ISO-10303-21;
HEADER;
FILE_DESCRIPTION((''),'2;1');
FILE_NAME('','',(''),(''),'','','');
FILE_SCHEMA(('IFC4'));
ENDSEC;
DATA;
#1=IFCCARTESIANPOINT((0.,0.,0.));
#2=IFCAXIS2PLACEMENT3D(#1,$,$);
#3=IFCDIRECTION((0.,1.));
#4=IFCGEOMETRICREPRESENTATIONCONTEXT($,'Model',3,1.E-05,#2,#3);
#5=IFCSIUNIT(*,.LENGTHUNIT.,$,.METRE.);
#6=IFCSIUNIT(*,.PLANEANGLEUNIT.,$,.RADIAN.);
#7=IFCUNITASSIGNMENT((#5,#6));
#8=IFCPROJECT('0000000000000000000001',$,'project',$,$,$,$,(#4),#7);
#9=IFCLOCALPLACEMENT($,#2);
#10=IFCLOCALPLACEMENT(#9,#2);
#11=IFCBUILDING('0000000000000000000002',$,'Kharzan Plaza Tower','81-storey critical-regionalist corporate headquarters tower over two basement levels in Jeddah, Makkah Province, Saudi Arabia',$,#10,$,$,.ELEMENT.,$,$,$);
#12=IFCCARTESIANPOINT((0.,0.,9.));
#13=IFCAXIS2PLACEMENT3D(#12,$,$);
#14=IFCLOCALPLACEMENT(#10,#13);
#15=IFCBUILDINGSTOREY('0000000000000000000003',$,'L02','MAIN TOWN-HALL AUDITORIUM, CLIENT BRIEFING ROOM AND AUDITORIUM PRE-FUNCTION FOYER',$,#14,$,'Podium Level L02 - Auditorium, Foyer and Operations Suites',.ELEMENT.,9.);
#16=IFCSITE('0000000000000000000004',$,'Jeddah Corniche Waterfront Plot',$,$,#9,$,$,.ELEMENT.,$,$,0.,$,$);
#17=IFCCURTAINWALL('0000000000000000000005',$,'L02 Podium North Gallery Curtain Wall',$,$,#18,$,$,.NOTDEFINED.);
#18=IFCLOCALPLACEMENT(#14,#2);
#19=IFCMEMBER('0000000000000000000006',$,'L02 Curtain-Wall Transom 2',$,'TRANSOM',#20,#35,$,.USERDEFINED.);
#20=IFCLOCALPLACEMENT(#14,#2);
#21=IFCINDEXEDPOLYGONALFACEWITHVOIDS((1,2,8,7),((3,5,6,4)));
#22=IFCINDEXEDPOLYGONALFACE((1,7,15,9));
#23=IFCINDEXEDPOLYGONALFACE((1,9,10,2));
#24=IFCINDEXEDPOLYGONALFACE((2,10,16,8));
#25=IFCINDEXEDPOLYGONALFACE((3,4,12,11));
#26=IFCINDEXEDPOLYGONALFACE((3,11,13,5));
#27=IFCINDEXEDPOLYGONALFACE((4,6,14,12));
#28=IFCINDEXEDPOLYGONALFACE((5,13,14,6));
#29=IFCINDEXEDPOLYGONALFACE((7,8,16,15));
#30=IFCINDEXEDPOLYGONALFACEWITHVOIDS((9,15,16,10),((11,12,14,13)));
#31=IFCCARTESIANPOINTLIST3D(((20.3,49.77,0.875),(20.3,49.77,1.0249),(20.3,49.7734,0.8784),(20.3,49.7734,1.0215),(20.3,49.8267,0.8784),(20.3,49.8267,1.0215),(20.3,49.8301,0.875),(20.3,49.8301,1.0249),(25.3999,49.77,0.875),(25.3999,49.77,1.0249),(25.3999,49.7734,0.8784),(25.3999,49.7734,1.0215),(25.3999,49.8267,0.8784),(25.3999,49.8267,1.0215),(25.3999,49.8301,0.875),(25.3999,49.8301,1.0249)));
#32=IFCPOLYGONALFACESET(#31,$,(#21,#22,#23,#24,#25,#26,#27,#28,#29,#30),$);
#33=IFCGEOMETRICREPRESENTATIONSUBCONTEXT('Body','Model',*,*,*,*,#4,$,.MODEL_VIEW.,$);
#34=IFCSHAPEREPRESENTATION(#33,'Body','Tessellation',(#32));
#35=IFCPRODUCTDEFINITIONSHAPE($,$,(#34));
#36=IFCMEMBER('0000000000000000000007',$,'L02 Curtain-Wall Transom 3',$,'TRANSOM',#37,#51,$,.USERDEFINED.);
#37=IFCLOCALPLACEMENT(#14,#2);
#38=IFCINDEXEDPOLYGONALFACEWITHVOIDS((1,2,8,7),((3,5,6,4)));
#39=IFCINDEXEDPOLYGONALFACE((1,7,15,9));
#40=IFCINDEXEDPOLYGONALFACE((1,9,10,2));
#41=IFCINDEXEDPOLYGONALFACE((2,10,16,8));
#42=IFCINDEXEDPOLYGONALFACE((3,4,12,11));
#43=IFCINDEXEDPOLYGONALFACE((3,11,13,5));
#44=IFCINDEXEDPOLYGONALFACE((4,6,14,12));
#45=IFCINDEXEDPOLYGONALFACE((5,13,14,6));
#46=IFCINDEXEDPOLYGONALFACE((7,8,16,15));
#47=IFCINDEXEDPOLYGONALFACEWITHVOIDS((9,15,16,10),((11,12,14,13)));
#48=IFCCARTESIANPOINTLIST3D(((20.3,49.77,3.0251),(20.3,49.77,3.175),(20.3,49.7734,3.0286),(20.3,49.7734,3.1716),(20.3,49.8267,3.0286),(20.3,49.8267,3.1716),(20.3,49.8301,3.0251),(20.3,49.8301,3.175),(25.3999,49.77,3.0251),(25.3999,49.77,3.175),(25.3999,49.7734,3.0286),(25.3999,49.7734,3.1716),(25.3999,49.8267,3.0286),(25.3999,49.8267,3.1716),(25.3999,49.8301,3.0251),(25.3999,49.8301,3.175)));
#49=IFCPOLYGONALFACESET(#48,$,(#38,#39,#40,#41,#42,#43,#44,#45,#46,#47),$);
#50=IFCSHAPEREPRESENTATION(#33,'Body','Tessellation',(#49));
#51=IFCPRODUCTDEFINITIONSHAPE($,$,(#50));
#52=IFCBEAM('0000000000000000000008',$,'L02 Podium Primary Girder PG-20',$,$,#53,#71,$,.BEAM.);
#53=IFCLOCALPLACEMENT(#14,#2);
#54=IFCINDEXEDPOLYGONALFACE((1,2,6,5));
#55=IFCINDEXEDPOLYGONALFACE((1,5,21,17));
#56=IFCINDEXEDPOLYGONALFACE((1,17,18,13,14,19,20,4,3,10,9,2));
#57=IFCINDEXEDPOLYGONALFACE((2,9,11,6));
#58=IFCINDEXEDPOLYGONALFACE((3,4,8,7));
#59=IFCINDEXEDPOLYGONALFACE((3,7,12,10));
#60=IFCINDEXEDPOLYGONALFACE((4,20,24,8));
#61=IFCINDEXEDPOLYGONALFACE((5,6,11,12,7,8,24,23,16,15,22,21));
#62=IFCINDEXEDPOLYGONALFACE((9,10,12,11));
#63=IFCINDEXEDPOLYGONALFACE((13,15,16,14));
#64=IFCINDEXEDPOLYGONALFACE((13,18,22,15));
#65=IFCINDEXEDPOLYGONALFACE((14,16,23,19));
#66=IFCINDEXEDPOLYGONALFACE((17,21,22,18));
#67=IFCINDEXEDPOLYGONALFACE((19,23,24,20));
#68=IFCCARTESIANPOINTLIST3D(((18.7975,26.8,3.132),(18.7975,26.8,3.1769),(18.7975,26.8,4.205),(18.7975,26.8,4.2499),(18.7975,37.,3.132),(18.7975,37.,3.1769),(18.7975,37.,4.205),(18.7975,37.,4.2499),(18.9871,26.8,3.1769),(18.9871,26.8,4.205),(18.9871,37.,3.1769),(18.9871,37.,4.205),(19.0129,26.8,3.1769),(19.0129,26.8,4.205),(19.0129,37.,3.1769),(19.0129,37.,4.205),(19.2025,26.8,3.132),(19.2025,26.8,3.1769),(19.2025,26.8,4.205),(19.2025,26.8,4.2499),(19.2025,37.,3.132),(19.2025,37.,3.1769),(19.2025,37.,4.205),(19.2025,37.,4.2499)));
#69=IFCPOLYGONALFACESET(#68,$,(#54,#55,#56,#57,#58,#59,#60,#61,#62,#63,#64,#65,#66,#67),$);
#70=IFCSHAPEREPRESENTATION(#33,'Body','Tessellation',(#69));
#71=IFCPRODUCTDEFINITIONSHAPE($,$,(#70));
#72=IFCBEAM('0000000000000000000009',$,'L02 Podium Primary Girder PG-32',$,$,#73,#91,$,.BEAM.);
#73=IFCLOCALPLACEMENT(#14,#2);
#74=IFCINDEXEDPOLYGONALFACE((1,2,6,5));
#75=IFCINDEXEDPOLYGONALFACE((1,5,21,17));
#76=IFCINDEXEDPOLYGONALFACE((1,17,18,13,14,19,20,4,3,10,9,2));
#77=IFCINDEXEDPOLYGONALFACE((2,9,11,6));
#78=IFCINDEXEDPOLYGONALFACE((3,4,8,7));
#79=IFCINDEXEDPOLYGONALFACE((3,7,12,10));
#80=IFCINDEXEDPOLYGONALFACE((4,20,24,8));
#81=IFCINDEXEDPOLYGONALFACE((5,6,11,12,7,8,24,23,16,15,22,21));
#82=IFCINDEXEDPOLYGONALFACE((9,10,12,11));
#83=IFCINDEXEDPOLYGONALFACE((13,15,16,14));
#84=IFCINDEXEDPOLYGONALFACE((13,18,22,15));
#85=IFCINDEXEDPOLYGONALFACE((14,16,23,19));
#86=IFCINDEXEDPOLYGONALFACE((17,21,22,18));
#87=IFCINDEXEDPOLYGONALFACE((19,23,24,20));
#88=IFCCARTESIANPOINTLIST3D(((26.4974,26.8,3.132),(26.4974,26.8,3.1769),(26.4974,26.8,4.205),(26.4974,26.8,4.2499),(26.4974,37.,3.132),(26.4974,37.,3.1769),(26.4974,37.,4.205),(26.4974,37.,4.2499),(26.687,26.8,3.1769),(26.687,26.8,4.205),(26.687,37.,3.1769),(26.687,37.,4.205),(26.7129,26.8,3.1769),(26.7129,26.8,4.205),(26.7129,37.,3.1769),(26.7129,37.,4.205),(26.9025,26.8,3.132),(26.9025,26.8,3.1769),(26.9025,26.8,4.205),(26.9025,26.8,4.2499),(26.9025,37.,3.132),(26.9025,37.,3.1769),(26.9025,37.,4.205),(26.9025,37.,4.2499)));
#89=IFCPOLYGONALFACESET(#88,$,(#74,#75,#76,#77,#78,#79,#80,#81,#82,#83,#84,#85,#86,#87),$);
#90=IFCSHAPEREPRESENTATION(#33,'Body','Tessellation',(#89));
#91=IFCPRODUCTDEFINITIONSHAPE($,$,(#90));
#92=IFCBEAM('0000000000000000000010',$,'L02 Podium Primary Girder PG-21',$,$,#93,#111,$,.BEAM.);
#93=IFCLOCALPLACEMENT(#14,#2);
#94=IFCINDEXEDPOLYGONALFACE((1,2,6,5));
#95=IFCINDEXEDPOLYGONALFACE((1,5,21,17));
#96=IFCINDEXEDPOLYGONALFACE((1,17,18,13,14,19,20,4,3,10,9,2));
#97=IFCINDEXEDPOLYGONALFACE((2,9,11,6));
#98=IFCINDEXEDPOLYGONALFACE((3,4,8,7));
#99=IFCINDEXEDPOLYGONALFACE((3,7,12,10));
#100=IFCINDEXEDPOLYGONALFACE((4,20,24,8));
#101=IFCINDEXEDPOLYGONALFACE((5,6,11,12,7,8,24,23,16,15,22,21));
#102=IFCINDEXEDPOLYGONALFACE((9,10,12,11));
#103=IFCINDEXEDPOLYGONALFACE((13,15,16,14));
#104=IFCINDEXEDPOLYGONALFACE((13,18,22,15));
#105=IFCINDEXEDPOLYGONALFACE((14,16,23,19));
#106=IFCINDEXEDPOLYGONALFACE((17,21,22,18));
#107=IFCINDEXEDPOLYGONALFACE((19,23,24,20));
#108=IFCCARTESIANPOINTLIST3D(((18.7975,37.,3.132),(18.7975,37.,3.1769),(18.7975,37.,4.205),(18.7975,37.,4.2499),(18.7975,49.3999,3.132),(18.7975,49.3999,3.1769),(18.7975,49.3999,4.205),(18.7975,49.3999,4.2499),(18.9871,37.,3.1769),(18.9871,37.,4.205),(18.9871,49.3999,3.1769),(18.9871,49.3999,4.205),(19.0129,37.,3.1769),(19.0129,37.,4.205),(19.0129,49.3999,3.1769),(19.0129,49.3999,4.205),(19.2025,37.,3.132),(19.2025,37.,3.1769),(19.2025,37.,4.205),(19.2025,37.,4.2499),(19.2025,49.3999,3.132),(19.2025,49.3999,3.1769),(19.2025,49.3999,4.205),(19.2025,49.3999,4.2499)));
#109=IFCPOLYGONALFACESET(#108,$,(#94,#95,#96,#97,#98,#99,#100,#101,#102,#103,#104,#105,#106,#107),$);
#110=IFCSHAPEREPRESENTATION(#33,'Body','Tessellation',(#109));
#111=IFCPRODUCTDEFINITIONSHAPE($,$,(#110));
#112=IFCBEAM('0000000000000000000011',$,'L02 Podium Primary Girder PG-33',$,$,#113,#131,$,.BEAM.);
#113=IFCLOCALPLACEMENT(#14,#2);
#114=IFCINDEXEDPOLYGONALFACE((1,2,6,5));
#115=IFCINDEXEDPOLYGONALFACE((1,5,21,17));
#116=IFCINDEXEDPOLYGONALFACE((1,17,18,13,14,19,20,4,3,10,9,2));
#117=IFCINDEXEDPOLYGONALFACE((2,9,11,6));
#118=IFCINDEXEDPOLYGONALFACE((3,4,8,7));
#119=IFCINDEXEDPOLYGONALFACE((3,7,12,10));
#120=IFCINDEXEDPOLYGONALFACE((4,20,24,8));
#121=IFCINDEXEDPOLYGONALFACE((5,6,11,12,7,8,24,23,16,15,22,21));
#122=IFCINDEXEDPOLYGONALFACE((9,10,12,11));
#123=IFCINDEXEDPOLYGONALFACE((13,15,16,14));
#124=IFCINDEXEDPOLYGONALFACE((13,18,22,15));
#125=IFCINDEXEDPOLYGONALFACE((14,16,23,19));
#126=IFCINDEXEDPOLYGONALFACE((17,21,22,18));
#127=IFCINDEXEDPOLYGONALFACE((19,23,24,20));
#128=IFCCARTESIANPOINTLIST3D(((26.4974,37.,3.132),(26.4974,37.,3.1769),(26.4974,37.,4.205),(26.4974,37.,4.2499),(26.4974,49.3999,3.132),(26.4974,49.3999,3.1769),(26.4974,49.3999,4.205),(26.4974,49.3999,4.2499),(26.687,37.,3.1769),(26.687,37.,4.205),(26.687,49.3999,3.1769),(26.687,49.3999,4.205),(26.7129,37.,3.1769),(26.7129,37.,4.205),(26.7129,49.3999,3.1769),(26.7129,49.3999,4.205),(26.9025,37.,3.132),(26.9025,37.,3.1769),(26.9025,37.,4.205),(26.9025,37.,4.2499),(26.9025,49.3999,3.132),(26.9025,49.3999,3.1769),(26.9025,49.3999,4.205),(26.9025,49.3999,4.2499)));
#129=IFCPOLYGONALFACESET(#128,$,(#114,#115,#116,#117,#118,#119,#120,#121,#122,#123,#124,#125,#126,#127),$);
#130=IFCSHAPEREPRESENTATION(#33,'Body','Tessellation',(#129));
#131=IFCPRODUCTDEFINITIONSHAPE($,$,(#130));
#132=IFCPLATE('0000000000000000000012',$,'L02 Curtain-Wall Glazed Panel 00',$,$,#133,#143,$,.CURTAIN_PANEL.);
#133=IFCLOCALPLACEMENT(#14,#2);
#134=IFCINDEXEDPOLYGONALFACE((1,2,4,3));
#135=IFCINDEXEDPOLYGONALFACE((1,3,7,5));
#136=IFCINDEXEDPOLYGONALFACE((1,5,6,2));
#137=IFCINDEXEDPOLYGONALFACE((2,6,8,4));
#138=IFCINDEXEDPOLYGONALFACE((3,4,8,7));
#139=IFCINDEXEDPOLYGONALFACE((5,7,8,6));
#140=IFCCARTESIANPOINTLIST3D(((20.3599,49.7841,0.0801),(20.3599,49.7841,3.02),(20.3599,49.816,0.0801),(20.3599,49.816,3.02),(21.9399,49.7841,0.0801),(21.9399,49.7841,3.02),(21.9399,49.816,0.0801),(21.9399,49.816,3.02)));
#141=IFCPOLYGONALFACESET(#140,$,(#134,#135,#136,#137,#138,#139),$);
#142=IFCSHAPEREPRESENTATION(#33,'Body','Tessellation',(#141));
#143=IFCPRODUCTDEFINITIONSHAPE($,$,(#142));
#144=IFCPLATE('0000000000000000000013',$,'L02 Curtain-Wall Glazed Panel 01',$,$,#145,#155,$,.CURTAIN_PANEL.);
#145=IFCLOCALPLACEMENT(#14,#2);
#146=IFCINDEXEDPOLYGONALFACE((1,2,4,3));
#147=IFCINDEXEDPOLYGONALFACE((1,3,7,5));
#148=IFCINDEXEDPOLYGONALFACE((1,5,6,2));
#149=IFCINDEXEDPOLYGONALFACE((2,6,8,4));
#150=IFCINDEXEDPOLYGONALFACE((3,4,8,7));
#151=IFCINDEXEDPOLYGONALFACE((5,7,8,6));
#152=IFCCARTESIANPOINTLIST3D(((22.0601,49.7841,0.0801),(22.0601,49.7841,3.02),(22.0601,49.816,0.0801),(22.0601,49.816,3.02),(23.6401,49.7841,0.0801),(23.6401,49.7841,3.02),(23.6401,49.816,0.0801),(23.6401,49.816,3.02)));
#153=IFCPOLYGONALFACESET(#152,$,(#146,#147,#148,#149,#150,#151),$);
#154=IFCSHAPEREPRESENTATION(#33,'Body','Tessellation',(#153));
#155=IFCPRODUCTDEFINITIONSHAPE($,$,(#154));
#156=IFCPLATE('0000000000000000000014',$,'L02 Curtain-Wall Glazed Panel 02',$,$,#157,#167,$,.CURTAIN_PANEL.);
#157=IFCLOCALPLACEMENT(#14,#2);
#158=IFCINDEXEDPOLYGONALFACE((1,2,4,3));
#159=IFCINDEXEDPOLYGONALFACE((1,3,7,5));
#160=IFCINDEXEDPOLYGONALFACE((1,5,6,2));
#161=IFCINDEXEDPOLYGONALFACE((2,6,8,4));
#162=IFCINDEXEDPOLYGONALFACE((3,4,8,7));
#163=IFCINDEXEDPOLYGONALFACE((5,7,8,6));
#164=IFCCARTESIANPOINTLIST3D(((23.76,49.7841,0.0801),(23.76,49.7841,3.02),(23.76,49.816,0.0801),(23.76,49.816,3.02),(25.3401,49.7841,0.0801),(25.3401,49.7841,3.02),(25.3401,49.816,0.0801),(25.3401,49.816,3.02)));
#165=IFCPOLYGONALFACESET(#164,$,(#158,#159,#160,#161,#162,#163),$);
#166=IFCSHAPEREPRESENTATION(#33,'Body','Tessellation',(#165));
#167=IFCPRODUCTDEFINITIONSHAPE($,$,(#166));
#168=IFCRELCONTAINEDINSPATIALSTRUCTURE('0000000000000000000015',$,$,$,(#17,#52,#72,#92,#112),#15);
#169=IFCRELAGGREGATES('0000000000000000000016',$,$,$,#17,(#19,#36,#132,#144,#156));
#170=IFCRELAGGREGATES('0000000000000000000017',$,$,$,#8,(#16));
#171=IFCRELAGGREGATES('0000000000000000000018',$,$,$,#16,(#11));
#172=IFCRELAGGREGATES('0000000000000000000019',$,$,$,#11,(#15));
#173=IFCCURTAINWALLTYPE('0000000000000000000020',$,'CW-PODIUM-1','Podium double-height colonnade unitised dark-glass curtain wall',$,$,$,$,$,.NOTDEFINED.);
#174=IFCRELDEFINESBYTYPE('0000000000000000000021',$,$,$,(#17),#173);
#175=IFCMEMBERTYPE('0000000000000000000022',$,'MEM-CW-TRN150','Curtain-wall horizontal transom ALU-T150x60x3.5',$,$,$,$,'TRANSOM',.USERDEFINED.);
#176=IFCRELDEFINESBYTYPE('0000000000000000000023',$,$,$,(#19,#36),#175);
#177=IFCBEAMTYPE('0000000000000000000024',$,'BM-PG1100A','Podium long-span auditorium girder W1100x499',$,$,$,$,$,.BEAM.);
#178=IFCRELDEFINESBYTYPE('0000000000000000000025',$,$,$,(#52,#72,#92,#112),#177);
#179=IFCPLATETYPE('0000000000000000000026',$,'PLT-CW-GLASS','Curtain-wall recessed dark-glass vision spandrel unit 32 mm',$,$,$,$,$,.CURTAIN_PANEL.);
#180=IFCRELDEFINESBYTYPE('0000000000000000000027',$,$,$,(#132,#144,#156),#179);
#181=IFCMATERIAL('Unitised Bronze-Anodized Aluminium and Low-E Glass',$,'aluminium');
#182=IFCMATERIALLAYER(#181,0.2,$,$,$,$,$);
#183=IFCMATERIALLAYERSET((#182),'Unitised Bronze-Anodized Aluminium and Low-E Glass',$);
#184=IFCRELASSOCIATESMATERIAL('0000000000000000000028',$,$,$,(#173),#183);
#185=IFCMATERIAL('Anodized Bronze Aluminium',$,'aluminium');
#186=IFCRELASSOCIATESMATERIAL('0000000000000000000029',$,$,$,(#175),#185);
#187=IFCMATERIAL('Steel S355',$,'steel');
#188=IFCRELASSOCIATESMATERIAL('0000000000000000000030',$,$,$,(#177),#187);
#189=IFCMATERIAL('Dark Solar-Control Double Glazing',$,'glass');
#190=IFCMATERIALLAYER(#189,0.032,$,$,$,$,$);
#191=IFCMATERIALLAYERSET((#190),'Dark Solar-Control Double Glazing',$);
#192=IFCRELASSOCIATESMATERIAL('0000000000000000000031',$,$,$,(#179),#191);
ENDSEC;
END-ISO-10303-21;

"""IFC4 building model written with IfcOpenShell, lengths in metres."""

from ifc_helpers import new_model, si_unit, direction, frame, origin, origin_2d, place, context, subcontext, project, spatial, rectangle, hollow_rectangle, i_section, extrude, source, transform, mapped, material, layer, layer_set, material_profile, profile_set, type_object, element, aggregate, save


model = new_model("IFC4")

# Units and contexts
model_context = context("Model", 3, precision=1e-05, world=origin(), true_north=direction((0.0, 1.0)))
body_context = subcontext(model_context, "Body", "Model", "MODEL_VIEW")
ifc_project = project(units=[si_unit("LENGTHUNIT", "METRE"), si_unit("PLANEANGLEUNIT", "RADIAN")], contexts=[model_context])

# Site, building, storey
site_placement = place(None, origin())
site = spatial("IfcSite", under=ifc_project, at=site_placement, Name="Jeddah Corniche Waterfront Plot", CompositionType="ELEMENT", RefElevation=0.0)
building_placement = place(site_placement, origin())
building = spatial("IfcBuilding", under=site, at=building_placement, Name="Kharzan Plaza Tower", Description="81-storey critical-regionalist corporate headquarters tower over two basement levels in Jeddah, Makkah Province, Saudi Arabia", CompositionType="ELEMENT")
storey_placement = place(building_placement, frame((0.0, 0.0, 9.0)))
storey = spatial("IfcBuildingStorey", under=building, at=storey_placement, Name="L02", Description="MAIN TOWN-HALL AUDITORIUM, CLIENT BRIEFING ROOM AND AUDITORIUM PRE-FUNCTION FOYER", LongName="Podium Level L02 - Auditorium, Foyer and Operations Suites", CompositionType="ELEMENT", Elevation=9.0)

# Curtain wall, members
ifc_material_1 = material(Name="Unitised Bronze-Anodized Aluminium and Low-E Glass", Category="aluminium")
ifc_layer_1 = layer(ifc_material_1, 0.2)
ifc_layer_set_1 = layer_set([ifc_layer_1], Name="Unitised Bronze-Anodized Aluminium and Low-E Glass")
curtain_wall_type = type_object("IfcCurtainWallType", Name="CW-PODIUM-1", Description="Podium double-height colonnade unitised dark-glass curtain wall", PredefinedType="NOTDEFINED", material=ifc_layer_set_1)
curtain_wall_placement = place(storey_placement, origin())
curtain_wall = element("IfcCurtainWall", 1, at=curtain_wall_placement, inside=storey, type_object=curtain_wall_type, Name="L02 Podium North Gallery Curtain Wall", PredefinedType="NOTDEFINED")
ifc_material_2 = material(Name="Anodized Bronze Aluminium", Category="aluminium")
ifc_material_profile_1 = material_profile(ifc_material_2, hollow_rectangle(XDim=0.0601, YDim=0.1499, WallThickness=0.0034, at=origin_2d()), Name="ALU-T150x60x3.5")
ifc_profile_set_1 = profile_set([ifc_material_profile_1], Name="Anodized Bronze Aluminium")
member_type_1 = type_object("IfcMemberType", Name="MEM-CW-TRN150", Description="Curtain-wall horizontal transom ALU-T150x60x3.5", ElementType="TRANSOM", PredefinedType="USERDEFINED", material=ifc_profile_set_1)
shared_shape_1 = source(origin(), body_context, "Body", "SweptSolid", [
    extrude(hollow_rectangle(XDim=0.0601, YDim=0.1499, WallThickness=0.0034, at=origin_2d()), origin(), (0.0, 0.0, 1.0), 5.0999),
])
member_1_placement = place(storey_placement, frame((20.3, 49.8, 0.95), z_axis=(1.0, 0.0, 0.0), x_axis=(0.0, 1.0, 0.0)))
member_1 = element("IfcMember", 2, at=member_1_placement, type_object=member_type_1, Name="L02 Curtain-Wall Transom 2", ObjectType="TRANSOM", PredefinedType="USERDEFINED", context=body_context, shape_type="MappedRepresentation", body=[
    mapped(shared_shape_1, transform((0.0, 0.0, 0.0), x_axis=(1.0, 0.0, 0.0), y_axis=(0.0, 1.0, 0.0), z_axis=(0.0, 0.0, 1.0))),
])
member_2_placement = place(storey_placement, frame((20.3, 49.8, 3.1001), z_axis=(1.0, 0.0, 0.0), x_axis=(0.0, 1.0, 0.0)))
member_2 = element("IfcMember", 3, at=member_2_placement, type_object=member_type_1, Name="L02 Curtain-Wall Transom 3", ObjectType="TRANSOM", PredefinedType="USERDEFINED", context=body_context, shape_type="MappedRepresentation", body=[
    mapped(shared_shape_1, transform((0.0, 0.0, 0.0), x_axis=(1.0, 0.0, 0.0), y_axis=(0.0, 1.0, 0.0), z_axis=(0.0, 0.0, 1.0))),
])

# Beams
ifc_material_3 = material(Name="Steel S355", Category="steel")
ifc_material_profile_2 = material_profile(ifc_material_3, i_section(OverallWidth=0.405, OverallDepth=1.1179, WebThickness=0.0259, FlangeThickness=0.0449, at=origin_2d()), Name="W1100x499")
ifc_profile_set_2 = profile_set([ifc_material_profile_2], Name="Steel S355")
beam_type = type_object("IfcBeamType", Name="BM-PG1100A", Description="Podium long-span auditorium girder W1100x499", PredefinedType="BEAM", material=ifc_profile_set_2)
shared_shape_2 = source(origin(), body_context, "Body", "SweptSolid", [
    extrude(i_section(OverallWidth=0.405, OverallDepth=1.1179, WebThickness=0.0259, FlangeThickness=0.0449, at=origin_2d()), origin(), (0.0, 0.0, 1.0), 10.2),
])
for number, where, z_axis, x_axis, name in (
    (4, (19.0, 26.8, 3.6909), (0.0, 1.0, 0.0), (-1.0, 0.0, 0.0), "L02 Podium Primary Girder PG-20"),
    (5, (26.7, 26.8, 3.6909), (0.0, 1.0, 0.0), (-1.0, 0.0, 0.0), "L02 Podium Primary Girder PG-32"),
):
    element("IfcBeam", number, at=place(storey_placement, frame(where, z_axis=z_axis, x_axis=x_axis)), inside=storey, type_object=beam_type, Name=name, PredefinedType="BEAM", context=body_context, shape_type="MappedRepresentation", body=[
        mapped(shared_shape_2, transform((0.0, 0.0, 0.0), x_axis=(1.0, 0.0, 0.0), y_axis=(0.0, 1.0, 0.0), z_axis=(0.0, 0.0, 1.0))),
    ])
shared_shape_3 = source(origin(), body_context, "Body", "SweptSolid", [
    extrude(i_section(OverallWidth=0.405, OverallDepth=1.1179, WebThickness=0.0259, FlangeThickness=0.0449, at=origin_2d()), origin(), (0.0, 0.0, 1.0), 12.3999),
])
for number, where, z_axis, x_axis, name in (
    (6, (19.0, 37.0, 3.6909), (0.0, 1.0, 0.0), (-1.0, 0.0, 0.0), "L02 Podium Primary Girder PG-21"),
    (7, (26.7, 37.0, 3.6909), (0.0, 1.0, 0.0), (-1.0, 0.0, 0.0), "L02 Podium Primary Girder PG-33"),
):
    element("IfcBeam", number, at=place(storey_placement, frame(where, z_axis=z_axis, x_axis=x_axis)), inside=storey, type_object=beam_type, Name=name, PredefinedType="BEAM", context=body_context, shape_type="MappedRepresentation", body=[
        mapped(shared_shape_3, transform((0.0, 0.0, 0.0), x_axis=(1.0, 0.0, 0.0), y_axis=(0.0, 1.0, 0.0), z_axis=(0.0, 0.0, 1.0))),
    ])

# Plates
ifc_material_4 = material(Name="Dark Solar-Control Double Glazing", Category="glass")
ifc_layer_2 = layer(ifc_material_4, 0.032)
ifc_layer_set_2 = layer_set([ifc_layer_2], Name="Dark Solar-Control Double Glazing")
plate_type = type_object("IfcPlateType", Name="PLT-CW-GLASS", Description="Curtain-wall recessed dark-glass vision spandrel unit 32 mm", PredefinedType="CURTAIN_PANEL", material=ifc_layer_set_2)
shared_shape_4 = source(origin(), body_context, "Body", "SweptSolid", [
    extrude(rectangle(XDim=1.5801, YDim=0.032, at=origin_2d()), origin(), (0.0, 0.0, 1.0), 2.9399),
])
plate_1_placement = place(storey_placement, frame((21.1499, 49.8, 0.0801), z_axis=(0.0, 0.0, 1.0), x_axis=(1.0, 0.0, 0.0)))
plate_1 = element("IfcPlate", 8, at=plate_1_placement, type_object=plate_type, Name="L02 Curtain-Wall Glazed Panel 00", PredefinedType="CURTAIN_PANEL", context=body_context, shape_type="MappedRepresentation", body=[
    mapped(shared_shape_4, transform((0.0, 0.0, 0.0), x_axis=(1.0, 0.0, 0.0), y_axis=(0.0, 1.0, 0.0), z_axis=(0.0, 0.0, 1.0))),
])
plate_2_placement = place(storey_placement, frame((22.8501, 49.8, 0.0801), z_axis=(0.0, 0.0, 1.0), x_axis=(1.0, 0.0, 0.0)))
plate_2 = element("IfcPlate", 9, at=plate_2_placement, type_object=plate_type, Name="L02 Curtain-Wall Glazed Panel 01", PredefinedType="CURTAIN_PANEL", context=body_context, shape_type="MappedRepresentation", body=[
    mapped(shared_shape_4, transform((0.0, 0.0, 0.0), x_axis=(1.0, 0.0, 0.0), y_axis=(0.0, 1.0, 0.0), z_axis=(0.0, 0.0, 1.0))),
])
plate_3_placement = place(storey_placement, frame((24.55, 49.8, 0.0801), z_axis=(0.0, 0.0, 1.0), x_axis=(1.0, 0.0, 0.0)))
plate_3 = element("IfcPlate", 10, at=plate_3_placement, type_object=plate_type, Name="L02 Curtain-Wall Glazed Panel 02", PredefinedType="CURTAIN_PANEL", context=body_context, shape_type="MappedRepresentation", body=[
    mapped(shared_shape_4, transform((0.0, 0.0, 0.0), x_axis=(1.0, 0.0, 0.0), y_axis=(0.0, 1.0, 0.0), z_axis=(0.0, 0.0, 1.0))),
])
aggregate(curtain_wall, [member_1, member_2, plate_1, plate_2, plate_3])

save(model, "model.ifc")
